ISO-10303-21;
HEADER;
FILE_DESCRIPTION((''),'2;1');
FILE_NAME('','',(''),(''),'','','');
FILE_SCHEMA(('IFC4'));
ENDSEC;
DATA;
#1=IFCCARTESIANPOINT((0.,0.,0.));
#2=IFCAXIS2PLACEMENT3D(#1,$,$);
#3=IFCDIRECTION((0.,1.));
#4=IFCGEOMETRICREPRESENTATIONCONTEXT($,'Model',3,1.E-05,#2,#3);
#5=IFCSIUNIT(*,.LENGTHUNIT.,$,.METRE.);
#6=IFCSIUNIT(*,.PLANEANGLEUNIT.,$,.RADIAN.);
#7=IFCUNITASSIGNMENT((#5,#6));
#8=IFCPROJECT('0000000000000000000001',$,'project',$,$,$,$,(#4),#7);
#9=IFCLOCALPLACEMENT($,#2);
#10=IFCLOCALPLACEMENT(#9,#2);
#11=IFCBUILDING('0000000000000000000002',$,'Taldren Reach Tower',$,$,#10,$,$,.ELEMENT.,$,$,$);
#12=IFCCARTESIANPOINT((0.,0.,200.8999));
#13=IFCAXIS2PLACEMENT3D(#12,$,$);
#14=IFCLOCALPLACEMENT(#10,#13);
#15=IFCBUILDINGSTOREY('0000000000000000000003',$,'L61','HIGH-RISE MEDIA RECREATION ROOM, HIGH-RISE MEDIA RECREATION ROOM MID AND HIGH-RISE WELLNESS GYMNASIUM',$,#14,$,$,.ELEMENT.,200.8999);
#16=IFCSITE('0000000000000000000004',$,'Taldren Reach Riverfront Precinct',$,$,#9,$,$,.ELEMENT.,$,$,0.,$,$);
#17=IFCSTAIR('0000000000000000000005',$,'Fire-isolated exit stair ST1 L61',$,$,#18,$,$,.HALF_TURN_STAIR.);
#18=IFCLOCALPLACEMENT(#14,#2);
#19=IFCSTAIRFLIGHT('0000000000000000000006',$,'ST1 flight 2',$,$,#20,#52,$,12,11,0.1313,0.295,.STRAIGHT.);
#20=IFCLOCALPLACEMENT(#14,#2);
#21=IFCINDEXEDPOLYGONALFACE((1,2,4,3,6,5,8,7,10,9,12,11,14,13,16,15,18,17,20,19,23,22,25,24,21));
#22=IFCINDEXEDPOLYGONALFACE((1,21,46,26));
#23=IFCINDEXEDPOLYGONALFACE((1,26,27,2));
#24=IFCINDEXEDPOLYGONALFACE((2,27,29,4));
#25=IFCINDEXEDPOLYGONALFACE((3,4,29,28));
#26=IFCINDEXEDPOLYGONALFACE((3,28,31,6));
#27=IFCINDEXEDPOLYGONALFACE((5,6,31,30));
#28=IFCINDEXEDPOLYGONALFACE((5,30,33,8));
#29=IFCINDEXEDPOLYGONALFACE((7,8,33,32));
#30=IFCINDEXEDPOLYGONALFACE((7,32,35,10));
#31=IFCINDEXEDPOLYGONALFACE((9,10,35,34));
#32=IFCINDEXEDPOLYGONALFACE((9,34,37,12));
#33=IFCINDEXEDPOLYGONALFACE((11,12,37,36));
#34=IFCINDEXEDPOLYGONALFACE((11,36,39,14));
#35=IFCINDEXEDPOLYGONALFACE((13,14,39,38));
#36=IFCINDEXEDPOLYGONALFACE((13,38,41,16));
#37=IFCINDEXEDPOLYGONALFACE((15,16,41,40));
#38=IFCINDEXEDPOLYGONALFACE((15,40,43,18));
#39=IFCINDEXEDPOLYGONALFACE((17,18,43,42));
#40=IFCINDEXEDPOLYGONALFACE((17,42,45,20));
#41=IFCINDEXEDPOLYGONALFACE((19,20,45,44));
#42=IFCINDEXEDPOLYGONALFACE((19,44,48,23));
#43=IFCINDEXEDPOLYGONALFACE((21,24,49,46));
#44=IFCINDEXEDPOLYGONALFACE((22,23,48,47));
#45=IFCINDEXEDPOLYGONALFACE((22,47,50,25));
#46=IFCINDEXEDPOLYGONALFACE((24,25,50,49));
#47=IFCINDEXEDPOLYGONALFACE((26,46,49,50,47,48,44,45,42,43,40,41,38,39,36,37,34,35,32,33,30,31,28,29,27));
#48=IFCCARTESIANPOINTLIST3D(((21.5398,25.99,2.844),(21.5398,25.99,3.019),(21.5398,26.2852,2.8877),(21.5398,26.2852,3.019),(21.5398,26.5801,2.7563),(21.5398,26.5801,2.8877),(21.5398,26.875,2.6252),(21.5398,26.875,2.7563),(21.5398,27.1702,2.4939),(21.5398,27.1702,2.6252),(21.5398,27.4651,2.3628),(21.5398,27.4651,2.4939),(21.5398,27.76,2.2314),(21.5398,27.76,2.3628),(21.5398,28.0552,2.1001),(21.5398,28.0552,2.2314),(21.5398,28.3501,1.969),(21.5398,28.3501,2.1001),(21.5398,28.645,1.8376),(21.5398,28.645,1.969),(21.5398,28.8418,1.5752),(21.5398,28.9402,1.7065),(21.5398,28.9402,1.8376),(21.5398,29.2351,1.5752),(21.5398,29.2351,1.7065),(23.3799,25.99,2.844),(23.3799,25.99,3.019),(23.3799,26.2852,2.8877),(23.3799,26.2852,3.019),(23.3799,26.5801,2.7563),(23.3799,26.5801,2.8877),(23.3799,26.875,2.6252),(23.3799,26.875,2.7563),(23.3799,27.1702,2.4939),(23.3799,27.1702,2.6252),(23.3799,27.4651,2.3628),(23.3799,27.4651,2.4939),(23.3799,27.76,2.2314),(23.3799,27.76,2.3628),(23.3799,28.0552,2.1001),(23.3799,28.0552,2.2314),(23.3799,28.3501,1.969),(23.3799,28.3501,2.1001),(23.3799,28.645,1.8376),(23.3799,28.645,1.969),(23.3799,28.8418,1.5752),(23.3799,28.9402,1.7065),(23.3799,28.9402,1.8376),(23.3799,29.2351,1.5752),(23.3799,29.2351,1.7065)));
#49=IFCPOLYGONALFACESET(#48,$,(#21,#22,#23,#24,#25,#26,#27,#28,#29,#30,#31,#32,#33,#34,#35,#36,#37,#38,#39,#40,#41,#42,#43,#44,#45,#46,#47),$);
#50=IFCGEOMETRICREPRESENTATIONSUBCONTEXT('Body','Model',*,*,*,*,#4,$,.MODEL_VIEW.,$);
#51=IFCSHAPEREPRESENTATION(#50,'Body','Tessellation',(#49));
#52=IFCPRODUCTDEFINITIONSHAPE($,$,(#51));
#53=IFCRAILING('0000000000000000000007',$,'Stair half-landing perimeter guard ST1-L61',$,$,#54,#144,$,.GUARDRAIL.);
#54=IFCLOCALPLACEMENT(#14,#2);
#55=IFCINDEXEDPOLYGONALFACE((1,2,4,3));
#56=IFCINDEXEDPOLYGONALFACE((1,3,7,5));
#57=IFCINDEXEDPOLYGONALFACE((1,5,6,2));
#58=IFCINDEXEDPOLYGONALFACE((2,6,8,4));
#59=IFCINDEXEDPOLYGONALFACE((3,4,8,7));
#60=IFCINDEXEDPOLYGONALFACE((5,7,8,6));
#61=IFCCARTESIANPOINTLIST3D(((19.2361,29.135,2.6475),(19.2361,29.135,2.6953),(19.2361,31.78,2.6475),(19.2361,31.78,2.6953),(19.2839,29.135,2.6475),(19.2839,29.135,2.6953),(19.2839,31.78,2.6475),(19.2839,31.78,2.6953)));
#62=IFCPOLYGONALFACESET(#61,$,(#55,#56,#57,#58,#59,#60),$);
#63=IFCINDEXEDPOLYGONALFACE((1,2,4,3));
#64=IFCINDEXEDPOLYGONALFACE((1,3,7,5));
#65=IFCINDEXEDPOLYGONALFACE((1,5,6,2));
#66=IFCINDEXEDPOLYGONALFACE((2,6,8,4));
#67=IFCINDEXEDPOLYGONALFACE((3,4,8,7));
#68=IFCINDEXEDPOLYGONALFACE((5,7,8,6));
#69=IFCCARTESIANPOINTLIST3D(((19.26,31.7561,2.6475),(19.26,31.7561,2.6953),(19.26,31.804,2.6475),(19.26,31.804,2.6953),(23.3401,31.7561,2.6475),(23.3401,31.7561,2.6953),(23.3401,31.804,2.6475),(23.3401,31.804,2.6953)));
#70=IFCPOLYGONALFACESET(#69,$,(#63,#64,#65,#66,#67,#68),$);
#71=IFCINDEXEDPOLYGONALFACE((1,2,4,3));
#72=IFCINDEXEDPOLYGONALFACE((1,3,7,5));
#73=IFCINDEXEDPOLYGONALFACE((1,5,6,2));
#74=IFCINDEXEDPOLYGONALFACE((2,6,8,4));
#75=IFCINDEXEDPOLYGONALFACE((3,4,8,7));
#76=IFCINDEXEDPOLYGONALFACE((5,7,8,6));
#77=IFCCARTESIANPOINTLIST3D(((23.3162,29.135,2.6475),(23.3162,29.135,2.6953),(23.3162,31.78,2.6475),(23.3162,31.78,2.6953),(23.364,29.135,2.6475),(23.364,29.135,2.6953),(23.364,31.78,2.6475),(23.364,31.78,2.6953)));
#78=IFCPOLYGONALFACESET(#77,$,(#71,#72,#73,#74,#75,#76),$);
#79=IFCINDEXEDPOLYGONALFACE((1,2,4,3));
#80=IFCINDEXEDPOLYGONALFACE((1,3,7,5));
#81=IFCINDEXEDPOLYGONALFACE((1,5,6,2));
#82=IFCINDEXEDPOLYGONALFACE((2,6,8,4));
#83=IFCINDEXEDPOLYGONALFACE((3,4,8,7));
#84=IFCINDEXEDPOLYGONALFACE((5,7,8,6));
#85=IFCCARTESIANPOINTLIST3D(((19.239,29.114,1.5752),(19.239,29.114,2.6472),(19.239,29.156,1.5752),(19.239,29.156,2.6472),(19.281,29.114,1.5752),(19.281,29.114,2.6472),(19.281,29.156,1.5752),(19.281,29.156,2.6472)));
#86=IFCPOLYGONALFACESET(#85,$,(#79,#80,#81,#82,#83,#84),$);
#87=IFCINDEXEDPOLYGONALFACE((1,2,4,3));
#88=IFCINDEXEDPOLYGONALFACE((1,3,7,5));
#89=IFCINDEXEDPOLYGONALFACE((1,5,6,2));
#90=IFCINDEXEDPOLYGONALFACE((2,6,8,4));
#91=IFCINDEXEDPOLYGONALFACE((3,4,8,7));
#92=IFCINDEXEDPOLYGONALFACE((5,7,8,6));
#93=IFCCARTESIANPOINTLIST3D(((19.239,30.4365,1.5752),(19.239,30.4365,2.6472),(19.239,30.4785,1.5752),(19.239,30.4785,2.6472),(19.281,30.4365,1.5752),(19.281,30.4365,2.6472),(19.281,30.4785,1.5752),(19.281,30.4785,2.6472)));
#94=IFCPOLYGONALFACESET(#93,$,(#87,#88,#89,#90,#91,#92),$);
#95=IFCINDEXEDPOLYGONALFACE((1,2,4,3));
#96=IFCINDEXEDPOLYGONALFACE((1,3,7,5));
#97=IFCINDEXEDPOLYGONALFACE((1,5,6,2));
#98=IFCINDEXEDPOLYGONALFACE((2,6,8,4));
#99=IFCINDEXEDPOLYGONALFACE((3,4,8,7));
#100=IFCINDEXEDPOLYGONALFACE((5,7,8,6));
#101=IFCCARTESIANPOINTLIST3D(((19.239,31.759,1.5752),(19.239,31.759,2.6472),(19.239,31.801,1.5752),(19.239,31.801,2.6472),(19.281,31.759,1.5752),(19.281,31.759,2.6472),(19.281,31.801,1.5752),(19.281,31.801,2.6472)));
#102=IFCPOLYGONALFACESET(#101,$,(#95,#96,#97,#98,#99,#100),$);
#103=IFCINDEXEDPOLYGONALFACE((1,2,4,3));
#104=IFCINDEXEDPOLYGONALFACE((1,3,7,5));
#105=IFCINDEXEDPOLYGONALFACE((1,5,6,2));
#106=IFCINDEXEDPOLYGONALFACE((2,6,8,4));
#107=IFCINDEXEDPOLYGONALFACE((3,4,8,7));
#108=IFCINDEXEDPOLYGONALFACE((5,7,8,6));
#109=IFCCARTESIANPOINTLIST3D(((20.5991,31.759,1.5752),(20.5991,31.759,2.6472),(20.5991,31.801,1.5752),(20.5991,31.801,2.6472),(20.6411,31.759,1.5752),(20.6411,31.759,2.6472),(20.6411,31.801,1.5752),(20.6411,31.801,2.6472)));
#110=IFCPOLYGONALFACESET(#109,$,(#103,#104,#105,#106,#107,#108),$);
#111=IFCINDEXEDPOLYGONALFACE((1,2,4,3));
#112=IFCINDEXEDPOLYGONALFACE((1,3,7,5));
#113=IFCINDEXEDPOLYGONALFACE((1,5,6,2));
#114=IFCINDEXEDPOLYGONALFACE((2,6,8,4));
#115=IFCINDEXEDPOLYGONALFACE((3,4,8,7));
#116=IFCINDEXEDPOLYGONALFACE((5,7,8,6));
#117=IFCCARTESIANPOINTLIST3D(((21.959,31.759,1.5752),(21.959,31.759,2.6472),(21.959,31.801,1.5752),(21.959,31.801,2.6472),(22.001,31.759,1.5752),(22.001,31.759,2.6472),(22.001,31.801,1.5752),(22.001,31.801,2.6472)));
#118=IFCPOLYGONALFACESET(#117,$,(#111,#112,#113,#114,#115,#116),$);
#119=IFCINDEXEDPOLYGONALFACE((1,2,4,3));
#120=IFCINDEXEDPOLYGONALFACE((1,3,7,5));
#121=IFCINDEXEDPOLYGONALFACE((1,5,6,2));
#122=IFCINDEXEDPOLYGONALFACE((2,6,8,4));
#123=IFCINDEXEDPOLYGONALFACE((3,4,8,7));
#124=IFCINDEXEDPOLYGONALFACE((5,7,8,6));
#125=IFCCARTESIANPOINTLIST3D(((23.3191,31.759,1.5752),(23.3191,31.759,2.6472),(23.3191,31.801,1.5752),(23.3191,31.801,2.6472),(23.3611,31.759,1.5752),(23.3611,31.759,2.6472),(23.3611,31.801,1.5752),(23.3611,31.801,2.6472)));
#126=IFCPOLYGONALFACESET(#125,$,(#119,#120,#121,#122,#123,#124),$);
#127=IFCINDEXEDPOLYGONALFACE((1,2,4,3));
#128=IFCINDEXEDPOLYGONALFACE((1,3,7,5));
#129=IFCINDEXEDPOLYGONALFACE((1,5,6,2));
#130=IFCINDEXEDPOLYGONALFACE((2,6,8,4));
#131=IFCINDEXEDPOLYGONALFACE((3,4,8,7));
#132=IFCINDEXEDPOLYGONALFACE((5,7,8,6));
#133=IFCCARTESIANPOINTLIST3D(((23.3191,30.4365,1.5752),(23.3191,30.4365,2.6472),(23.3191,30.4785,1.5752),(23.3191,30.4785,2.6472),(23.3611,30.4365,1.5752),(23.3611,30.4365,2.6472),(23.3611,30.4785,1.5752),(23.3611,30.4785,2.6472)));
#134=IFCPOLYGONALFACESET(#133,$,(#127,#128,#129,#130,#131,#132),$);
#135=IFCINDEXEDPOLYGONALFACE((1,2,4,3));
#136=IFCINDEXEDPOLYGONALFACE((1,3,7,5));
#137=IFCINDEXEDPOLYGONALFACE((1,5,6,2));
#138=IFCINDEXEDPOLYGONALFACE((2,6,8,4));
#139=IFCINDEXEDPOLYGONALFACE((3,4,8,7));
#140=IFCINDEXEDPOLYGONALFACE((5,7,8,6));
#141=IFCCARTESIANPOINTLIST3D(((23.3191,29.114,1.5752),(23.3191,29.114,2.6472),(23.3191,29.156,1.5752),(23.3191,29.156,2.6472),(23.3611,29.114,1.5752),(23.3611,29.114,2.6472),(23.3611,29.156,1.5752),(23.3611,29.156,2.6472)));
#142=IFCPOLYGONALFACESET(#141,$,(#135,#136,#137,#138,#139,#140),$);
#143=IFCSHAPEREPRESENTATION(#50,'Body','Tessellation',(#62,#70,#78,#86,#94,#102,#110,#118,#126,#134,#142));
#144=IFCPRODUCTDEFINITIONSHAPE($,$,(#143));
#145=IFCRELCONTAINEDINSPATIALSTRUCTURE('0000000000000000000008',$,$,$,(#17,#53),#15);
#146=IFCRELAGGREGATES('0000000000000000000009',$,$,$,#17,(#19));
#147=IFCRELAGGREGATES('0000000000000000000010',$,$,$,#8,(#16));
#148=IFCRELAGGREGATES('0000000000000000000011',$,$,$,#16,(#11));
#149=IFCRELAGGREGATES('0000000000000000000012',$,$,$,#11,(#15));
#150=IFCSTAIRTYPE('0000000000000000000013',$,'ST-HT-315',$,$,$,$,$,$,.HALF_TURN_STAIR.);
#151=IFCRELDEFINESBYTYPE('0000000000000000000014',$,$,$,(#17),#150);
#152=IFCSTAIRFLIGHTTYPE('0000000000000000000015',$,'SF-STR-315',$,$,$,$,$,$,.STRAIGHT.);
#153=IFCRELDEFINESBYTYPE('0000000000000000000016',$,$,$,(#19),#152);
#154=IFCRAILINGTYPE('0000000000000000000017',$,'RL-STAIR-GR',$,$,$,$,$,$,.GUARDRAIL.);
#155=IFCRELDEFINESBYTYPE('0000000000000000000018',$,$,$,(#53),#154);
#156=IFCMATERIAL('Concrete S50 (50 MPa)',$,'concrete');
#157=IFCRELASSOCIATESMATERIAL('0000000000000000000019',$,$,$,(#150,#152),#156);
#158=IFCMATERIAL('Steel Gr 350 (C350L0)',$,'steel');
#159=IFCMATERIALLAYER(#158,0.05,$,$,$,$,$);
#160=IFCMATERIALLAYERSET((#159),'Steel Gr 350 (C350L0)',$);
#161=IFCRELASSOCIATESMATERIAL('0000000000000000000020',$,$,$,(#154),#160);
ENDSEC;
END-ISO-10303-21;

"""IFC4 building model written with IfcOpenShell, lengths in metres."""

from ifc_helpers import new_model, si_unit, direction, frame, origin, origin_2d, place, context, subcontext, project, spatial, polyline, rectangle, outline, extrude, material, layer, layer_set, type_object, element, aggregate, save


model = new_model("IFC4")

# Units and contexts
model_context = context("Model", 3, precision=1e-05, world=origin(), true_north=direction((0.0, 1.0)))
body_context = subcontext(model_context, "Body", "Model", "MODEL_VIEW")
ifc_project = project(units=[si_unit("LENGTHUNIT", "METRE"), si_unit("PLANEANGLEUNIT", "RADIAN")], contexts=[model_context])

# Site, building, storey
site_placement = place(None, origin())
site = spatial("IfcSite", under=ifc_project, at=site_placement, Name="Taldren Reach Riverfront Precinct", CompositionType="ELEMENT", RefElevation=0.0)
building_placement = place(site_placement, origin())
building = spatial("IfcBuilding", under=site, at=building_placement, Name="Taldren Reach Tower", CompositionType="ELEMENT")
storey_placement = place(building_placement, frame((0.0, 0.0, 200.8999)))
storey = spatial("IfcBuildingStorey", under=building, at=storey_placement, Name="L61", Description="HIGH-RISE MEDIA RECREATION ROOM, HIGH-RISE MEDIA RECREATION ROOM MID AND HIGH-RISE WELLNESS GYMNASIUM", CompositionType="ELEMENT", Elevation=200.8999)

# Shared definitions
ifc_material_1 = material(Name="Steel Gr 350 (C350L0)", Category="steel")

# Stair, stair flight
ifc_material_2 = material(Name="Concrete S50 (50 MPa)", Category="concrete")
stair_type = type_object("IfcStairType", Name="ST-HT-315", PredefinedType="HALF_TURN_STAIR", material=ifc_material_2)
stair_placement = place(storey_placement, origin())
stair = element("IfcStair", 1, at=stair_placement, inside=storey, type_object=stair_type, Name="Fire-isolated exit stair ST1 L61", PredefinedType="HALF_TURN_STAIR")
stair_flight_type = type_object("IfcStairFlightType", Name="SF-STR-315", PredefinedType="STRAIGHT", material=ifc_material_2)
stair_flight_1_placement = place(storey_placement, frame((22.46, 29.2351, 1.5752), z_axis=(0.0, 0.0, 1.0), x_axis=(0.0, -1.0, 0.0)))
stair_flight_1 = element("IfcStairFlight", 2, at=stair_flight_1_placement, type_object=stair_flight_type, Name="ST1 flight 2", NumberOfRisers=12, NumberOfTreads=11, PredefinedType="STRAIGHT", RiserHeight=0.1313, TreadLength=0.295, context=body_context, shape_type="SweptSolid", body=[
    extrude(outline(polyline([(0.0, 0.0), (0.0, 0.1313), (0.2949, 0.1313), (0.2949, 0.2625), (0.5901, 0.2625), (0.5901, 0.3938), (0.885, 0.3938), (0.885, 0.5249), (1.1799, 0.5249), (1.1799, 0.6562), (1.4751, 0.6562), (1.4751, 0.7876), (1.77, 0.7876), (1.77, 0.9187), (2.0649, 0.9187), (2.0649, 1.05), (2.3601, 1.05), (2.3601, 1.1812), (2.655, 1.1812), (2.655, 1.3125), (2.95, 1.3125), (2.95, 1.4438), (3.2451, 1.4438), (3.2451, 1.575), (3.2451, 1.2688), (0.3933, 0.0), (0.0, 0.0)])), frame((0.0, 0.9199, 0.0), z_axis=(0.0, -1.0, 0.0), x_axis=(1.0, 0.0, 0.0)), (0.0, 0.0, 1.0), 1.8401),
])
aggregate(stair, [stair_flight_1])

# Railing
ifc_layer_1 = layer(ifc_material_1, 0.05)
ifc_layer_set_1 = layer_set([ifc_layer_1], Name="Steel Gr 350 (C350L0)")
railing_type_1 = type_object("IfcRailingType", Name="RL-STAIR-GR", PredefinedType="GUARDRAIL", material=ifc_layer_set_1)
railing_1_placement = place(storey_placement, frame((19.26, 29.135, 1.5752)))
element("IfcRailing", 3, at=railing_1_placement, inside=storey, type_object=railing_type_1, Name="Stair half-landing perimeter guard ST1-L61", PredefinedType="GUARDRAIL", context=body_context, shape_type="SweptSolid", body=[
    extrude(rectangle(XDim=0.0479, YDim=0.0479, at=origin_2d()), frame((0.0, 0.0, 1.0962), z_axis=(0.0, 1.0, 0.0), x_axis=(-1.0, 0.0, 0.0)), (0.0, 0.0, 1.0), 2.645),
    extrude(rectangle(XDim=0.0479, YDim=0.0479, at=origin_2d()), frame((0.0, 2.645, 1.0962), z_axis=(1.0, 0.0, 0.0), x_axis=(0.0, 1.0, 0.0)), (0.0, 0.0, 1.0), 4.0801),
    extrude(rectangle(XDim=0.0479, YDim=0.0479, at=origin_2d()), frame((4.0801, 2.645, 1.0962), z_axis=(0.0, -1.0, 0.0), x_axis=(1.0, 0.0, 0.0)), (0.0, 0.0, 1.0), 2.645),
    extrude(rectangle(XDim=0.042, YDim=0.042, at=origin_2d()), origin(), (0.0, 0.0, 1.0), 1.072),
    extrude(rectangle(XDim=0.042, YDim=0.042, at=origin_2d()), frame((0.0, 1.3225, 0.0)), (0.0, 0.0, 1.0), 1.072),
    extrude(rectangle(XDim=0.042, YDim=0.042, at=origin_2d()), frame((0.0, 2.645, 0.0)), (0.0, 0.0, 1.0), 1.072),
    extrude(rectangle(XDim=0.042, YDim=0.042, at=origin_2d()), frame((1.3601, 2.645, 0.0)), (0.0, 0.0, 1.0), 1.072),
    extrude(rectangle(XDim=0.042, YDim=0.042, at=origin_2d()), frame((2.72, 2.645, 0.0)), (0.0, 0.0, 1.0), 1.072),
    extrude(rectangle(XDim=0.042, YDim=0.042, at=origin_2d()), frame((4.0801, 2.645, 0.0)), (0.0, 0.0, 1.0), 1.072),
    extrude(rectangle(XDim=0.042, YDim=0.042, at=origin_2d()), frame((4.0801, 1.3225, 0.0)), (0.0, 0.0, 1.0), 1.072),
    extrude(rectangle(XDim=0.042, YDim=0.042, at=origin_2d()), frame((4.0801, 0.0, 0.0)), (0.0, 0.0, 1.0), 1.072),
])

save(model, "model.ifc")
